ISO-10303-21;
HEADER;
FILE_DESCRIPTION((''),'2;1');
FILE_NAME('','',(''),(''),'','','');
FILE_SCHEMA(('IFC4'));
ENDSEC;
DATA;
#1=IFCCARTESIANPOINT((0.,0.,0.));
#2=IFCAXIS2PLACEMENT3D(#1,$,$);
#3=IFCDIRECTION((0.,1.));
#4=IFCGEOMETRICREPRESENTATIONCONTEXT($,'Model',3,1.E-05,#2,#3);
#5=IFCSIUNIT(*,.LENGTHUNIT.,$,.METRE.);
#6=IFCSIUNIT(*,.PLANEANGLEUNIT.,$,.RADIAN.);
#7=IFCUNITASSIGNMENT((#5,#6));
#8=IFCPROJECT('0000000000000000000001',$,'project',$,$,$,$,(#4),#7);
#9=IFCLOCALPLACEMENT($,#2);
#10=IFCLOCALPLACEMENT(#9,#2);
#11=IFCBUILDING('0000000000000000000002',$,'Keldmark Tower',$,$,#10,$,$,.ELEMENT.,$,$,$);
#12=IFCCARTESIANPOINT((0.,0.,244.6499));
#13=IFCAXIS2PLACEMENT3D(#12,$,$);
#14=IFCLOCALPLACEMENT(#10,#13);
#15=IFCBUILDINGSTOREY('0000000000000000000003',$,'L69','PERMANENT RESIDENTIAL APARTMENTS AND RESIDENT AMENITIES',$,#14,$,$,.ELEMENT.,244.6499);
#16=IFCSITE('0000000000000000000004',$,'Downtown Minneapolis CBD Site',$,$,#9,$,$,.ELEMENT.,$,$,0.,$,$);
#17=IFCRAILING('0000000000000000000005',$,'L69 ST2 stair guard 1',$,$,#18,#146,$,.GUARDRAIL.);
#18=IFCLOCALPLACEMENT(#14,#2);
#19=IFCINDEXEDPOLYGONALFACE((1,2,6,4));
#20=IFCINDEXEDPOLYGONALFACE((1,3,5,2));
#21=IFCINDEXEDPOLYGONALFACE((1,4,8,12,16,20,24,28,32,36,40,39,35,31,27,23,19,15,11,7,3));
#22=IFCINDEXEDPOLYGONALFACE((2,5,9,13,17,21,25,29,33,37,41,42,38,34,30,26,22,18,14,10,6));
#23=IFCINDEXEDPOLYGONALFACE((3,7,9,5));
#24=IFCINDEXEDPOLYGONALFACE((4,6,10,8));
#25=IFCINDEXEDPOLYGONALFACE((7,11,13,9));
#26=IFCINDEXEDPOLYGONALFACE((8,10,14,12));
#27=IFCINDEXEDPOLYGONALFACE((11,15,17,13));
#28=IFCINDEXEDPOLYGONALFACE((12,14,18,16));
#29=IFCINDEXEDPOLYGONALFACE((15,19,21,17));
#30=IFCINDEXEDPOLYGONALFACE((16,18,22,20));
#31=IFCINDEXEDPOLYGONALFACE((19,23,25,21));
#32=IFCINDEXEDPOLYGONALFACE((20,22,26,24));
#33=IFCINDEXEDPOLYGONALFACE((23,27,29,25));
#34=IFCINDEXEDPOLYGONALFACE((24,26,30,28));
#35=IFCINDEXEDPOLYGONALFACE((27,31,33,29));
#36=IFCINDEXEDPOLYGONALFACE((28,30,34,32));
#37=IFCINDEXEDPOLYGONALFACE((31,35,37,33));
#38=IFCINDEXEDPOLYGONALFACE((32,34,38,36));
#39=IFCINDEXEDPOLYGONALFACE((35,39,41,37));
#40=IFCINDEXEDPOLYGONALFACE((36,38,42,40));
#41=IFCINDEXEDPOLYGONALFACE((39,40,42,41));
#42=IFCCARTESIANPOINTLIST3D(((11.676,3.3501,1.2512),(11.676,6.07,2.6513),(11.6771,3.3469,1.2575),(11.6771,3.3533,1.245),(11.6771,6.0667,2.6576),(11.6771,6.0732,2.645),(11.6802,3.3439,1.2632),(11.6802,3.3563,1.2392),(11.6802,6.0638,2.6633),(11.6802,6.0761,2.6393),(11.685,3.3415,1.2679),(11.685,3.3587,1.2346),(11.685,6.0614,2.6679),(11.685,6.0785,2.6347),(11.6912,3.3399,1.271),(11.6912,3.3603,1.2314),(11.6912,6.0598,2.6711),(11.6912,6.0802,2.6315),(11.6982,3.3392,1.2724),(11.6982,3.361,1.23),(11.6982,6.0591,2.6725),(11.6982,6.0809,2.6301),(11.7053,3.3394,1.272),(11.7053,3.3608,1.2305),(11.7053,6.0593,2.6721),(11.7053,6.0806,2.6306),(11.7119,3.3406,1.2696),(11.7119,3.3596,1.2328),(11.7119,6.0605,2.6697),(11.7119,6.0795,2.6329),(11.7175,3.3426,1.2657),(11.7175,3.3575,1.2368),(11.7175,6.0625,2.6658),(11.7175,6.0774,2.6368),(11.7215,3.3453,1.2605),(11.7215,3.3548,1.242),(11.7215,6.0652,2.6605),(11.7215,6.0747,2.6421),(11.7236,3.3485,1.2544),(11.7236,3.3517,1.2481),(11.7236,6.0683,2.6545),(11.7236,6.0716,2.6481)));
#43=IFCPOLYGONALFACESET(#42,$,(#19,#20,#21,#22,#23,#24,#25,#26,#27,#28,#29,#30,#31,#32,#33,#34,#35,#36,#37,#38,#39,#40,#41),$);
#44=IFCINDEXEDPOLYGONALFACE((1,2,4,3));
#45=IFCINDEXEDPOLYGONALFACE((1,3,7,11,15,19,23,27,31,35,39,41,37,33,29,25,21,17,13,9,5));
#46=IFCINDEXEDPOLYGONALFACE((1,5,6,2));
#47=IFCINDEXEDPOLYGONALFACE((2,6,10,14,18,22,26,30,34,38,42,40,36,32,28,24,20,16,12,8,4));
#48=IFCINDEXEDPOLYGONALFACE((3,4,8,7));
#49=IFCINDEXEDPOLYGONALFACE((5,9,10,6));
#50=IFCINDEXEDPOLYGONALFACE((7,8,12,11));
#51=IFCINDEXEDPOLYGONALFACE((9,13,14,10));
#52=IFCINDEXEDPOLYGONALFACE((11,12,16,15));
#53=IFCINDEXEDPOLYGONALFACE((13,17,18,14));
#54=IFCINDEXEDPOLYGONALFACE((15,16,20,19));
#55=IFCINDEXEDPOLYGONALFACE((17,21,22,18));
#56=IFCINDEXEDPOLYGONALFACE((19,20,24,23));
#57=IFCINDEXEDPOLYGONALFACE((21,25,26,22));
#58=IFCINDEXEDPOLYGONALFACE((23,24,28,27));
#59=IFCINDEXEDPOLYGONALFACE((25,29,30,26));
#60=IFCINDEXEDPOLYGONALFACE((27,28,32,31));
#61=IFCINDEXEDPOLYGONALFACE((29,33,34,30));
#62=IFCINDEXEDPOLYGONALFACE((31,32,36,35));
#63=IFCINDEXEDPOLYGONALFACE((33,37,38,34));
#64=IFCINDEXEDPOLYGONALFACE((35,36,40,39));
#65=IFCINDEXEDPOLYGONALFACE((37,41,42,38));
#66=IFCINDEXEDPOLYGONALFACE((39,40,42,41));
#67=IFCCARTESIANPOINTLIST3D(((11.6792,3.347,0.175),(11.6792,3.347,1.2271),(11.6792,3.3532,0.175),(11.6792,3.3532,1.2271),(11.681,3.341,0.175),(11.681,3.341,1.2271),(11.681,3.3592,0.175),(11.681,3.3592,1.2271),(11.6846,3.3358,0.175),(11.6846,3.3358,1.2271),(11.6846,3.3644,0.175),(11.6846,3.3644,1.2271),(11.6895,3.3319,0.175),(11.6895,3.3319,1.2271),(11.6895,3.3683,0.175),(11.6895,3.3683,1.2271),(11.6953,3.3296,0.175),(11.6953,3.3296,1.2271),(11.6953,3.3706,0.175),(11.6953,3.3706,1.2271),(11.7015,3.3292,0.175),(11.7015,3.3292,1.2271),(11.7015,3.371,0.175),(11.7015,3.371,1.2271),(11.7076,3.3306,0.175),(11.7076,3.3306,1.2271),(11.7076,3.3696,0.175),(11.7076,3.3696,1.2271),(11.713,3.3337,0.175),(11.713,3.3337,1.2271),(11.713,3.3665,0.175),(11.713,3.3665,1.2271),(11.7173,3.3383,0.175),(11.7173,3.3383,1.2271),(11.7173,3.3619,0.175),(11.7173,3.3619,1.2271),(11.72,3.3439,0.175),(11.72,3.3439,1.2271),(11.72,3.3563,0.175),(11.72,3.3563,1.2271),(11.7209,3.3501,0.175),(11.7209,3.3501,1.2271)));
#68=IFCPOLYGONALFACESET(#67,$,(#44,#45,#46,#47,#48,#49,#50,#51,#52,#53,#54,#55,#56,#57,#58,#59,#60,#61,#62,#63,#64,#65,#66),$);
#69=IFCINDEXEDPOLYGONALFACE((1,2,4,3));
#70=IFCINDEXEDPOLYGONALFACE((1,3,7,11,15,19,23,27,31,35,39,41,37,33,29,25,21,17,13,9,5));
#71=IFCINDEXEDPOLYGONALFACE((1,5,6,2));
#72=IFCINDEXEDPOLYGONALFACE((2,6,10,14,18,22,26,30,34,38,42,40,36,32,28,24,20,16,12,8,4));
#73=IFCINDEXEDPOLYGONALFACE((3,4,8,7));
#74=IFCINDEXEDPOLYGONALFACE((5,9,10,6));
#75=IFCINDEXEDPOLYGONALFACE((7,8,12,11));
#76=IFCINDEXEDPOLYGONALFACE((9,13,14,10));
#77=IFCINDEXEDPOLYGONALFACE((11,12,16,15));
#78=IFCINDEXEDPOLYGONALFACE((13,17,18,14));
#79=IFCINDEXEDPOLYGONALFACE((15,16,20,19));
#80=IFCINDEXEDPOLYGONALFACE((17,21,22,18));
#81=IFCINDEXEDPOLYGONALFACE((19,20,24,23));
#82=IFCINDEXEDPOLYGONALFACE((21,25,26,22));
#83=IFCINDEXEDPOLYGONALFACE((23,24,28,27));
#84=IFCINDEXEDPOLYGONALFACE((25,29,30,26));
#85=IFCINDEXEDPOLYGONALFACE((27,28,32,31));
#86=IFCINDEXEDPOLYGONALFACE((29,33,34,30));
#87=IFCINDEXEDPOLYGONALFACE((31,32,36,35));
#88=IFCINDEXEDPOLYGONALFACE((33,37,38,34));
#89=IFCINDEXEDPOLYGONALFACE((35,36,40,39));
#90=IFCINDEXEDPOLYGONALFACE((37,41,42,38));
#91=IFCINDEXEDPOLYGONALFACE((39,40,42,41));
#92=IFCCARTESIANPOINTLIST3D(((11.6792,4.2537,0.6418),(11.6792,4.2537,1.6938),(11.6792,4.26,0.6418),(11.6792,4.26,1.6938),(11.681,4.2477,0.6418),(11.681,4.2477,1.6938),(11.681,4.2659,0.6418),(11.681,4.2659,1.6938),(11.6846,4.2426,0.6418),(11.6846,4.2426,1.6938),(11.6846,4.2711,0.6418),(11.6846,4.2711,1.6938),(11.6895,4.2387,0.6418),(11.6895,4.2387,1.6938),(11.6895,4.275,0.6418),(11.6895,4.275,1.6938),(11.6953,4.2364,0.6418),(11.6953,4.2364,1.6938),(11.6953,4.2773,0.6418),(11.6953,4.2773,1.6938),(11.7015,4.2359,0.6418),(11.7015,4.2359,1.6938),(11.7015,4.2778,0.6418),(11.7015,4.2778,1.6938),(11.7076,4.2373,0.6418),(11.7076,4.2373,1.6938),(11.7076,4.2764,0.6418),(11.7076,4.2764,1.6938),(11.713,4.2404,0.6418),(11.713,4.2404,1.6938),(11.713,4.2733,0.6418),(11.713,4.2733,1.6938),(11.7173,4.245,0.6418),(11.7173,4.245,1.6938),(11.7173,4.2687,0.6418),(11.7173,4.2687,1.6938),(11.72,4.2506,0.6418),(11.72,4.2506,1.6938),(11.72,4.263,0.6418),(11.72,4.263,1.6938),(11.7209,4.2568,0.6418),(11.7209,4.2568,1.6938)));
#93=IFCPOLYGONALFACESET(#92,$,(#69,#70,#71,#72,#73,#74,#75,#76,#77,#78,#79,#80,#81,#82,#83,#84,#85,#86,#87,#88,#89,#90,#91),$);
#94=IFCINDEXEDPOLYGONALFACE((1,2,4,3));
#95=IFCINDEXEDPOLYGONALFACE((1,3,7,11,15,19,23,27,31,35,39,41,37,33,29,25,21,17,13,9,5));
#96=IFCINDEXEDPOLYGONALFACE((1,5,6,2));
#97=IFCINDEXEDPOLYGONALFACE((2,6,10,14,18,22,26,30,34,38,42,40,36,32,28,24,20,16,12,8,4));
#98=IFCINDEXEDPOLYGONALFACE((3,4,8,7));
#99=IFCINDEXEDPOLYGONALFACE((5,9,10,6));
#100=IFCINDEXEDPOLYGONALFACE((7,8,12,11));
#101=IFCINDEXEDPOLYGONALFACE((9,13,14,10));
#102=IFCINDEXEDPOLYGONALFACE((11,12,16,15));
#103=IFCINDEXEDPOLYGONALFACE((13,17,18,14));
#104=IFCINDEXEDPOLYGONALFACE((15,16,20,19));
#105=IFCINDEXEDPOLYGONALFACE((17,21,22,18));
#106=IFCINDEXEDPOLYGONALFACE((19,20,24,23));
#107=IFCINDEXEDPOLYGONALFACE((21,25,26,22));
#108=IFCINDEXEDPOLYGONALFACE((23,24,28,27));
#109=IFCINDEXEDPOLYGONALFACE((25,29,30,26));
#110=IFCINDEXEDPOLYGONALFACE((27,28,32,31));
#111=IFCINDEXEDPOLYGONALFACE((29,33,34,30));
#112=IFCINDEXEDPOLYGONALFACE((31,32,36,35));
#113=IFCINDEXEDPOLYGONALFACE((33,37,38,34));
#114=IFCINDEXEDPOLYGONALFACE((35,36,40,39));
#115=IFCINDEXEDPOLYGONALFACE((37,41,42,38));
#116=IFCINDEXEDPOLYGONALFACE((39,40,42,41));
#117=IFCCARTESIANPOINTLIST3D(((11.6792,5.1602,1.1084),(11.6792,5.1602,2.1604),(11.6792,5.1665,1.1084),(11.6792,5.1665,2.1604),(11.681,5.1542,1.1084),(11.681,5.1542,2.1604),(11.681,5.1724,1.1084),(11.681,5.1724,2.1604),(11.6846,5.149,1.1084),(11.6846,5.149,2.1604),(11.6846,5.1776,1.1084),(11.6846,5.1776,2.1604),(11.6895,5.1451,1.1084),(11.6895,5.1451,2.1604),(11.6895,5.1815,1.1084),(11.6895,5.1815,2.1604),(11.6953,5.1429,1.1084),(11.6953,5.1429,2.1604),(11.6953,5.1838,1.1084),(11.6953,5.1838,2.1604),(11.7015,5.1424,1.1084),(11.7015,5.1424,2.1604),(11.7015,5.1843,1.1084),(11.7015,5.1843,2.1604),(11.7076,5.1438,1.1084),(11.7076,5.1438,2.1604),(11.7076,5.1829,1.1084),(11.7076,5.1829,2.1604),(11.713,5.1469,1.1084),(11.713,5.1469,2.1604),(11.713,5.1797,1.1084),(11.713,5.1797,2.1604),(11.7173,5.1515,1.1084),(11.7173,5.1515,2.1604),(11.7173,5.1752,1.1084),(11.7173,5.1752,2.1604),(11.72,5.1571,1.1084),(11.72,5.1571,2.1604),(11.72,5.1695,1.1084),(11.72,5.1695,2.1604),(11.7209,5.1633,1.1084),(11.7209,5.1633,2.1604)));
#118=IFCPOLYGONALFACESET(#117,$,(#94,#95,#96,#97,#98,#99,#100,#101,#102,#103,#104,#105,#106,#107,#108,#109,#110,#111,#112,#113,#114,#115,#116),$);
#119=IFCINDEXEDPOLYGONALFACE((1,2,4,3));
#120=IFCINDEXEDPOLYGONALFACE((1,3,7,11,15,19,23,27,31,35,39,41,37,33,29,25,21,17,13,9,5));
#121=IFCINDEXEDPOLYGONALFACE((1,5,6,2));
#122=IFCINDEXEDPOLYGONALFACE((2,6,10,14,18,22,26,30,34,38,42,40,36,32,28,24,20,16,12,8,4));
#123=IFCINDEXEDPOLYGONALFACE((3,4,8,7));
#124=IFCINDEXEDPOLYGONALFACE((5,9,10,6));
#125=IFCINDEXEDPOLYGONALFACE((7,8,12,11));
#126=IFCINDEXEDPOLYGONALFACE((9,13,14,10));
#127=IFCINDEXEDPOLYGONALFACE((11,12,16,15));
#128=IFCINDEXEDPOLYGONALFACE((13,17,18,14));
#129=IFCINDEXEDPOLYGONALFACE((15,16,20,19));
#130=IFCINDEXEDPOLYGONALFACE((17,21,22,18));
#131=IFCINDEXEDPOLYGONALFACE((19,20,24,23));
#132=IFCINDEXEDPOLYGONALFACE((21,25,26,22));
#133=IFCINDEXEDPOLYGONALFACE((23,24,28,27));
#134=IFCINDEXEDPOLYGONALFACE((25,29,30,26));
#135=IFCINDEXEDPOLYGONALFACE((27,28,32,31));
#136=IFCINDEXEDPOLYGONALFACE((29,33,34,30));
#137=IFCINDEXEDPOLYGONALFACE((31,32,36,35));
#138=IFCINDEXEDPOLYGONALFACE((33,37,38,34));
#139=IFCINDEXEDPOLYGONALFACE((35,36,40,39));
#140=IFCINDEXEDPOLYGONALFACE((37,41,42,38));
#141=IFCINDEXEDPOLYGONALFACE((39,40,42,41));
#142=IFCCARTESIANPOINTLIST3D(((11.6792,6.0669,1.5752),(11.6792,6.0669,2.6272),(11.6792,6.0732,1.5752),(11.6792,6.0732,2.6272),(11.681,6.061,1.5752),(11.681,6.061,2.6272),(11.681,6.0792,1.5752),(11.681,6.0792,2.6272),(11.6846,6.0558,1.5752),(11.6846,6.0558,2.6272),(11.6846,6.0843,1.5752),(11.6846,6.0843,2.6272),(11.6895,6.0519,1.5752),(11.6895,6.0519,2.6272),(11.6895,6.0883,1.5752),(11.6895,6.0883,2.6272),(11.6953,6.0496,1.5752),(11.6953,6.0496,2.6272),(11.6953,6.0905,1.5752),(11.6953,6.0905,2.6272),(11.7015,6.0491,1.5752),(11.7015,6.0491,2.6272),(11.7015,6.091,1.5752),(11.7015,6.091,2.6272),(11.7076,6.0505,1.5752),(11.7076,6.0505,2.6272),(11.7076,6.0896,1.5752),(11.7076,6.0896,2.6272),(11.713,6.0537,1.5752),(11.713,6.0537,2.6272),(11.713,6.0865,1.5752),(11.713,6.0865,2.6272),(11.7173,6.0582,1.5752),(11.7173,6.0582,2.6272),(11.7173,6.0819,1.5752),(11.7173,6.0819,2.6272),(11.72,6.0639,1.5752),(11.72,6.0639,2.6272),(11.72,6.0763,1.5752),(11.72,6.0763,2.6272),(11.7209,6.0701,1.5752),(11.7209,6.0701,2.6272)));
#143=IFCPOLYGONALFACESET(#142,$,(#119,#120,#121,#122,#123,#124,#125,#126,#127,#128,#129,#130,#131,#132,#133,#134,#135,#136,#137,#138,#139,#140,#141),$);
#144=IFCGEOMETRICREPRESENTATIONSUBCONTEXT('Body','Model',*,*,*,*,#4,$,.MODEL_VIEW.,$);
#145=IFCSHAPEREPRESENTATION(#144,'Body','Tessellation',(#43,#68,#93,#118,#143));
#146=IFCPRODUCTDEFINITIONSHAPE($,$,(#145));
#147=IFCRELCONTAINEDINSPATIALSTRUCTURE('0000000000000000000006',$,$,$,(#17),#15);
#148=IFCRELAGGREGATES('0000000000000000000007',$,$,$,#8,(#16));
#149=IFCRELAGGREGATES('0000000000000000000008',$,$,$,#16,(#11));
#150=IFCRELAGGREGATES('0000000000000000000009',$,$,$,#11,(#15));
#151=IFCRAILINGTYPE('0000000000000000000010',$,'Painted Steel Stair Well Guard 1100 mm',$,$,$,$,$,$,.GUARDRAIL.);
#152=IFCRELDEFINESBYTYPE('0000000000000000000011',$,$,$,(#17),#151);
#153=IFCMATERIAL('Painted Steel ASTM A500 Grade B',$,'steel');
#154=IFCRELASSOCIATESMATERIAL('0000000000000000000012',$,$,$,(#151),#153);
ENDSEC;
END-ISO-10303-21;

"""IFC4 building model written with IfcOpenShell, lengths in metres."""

from ifc_helpers import new_model, si_unit, direction, frame, origin, origin_2d, place, context, subcontext, project, spatial, circle, extrude, material, type_object, element, save


model = new_model("IFC4")

# Units and contexts
model_context = context("Model", 3, precision=1e-05, world=origin(), true_north=direction((0.0, 1.0)))
body_context = subcontext(model_context, "Body", "Model", "MODEL_VIEW")
ifc_project = project(units=[si_unit("LENGTHUNIT", "METRE"), si_unit("PLANEANGLEUNIT", "RADIAN")], contexts=[model_context])

# Site, building, storey
site_placement = place(None, origin())
site = spatial("IfcSite", under=ifc_project, at=site_placement, Name="Downtown Minneapolis CBD Site", CompositionType="ELEMENT", RefElevation=0.0)
building_placement = place(site_placement, origin())
building = spatial("IfcBuilding", under=site, at=building_placement, Name="Keldmark Tower", CompositionType="ELEMENT")
storey_placement = place(building_placement, frame((0.0, 0.0, 244.6499)))
storey = spatial("IfcBuildingStorey", under=building, at=storey_placement, Name="L69", Description="PERMANENT RESIDENTIAL APARTMENTS AND RESIDENT AMENITIES", CompositionType="ELEMENT", Elevation=244.6499)

# Railing
ifc_material_1 = material(Name="Painted Steel ASTM A500 Grade B", Category="steel")
railing_type_1 = type_object("IfcRailingType", Name="Painted Steel Stair Well Guard 1100 mm", PredefinedType="GUARDRAIL", material=ifc_material_1)
railing_1_placement = place(storey_placement, frame((11.7, 3.3501, 0.175)))
element("IfcRailing", 1, at=railing_1_placement, inside=storey, type_object=railing_type_1, Name="L69 ST2 stair guard 1", PredefinedType="GUARDRAIL", context=body_context, shape_type="SweptSolid", body=[
    extrude(circle(Radius=0.0239, at=origin_2d()), frame((0.0, 0.0, 1.0762), z_axis=(0.0, 0.889114, 0.457685), x_axis=(-1.0, 0.0, 0.0)), (0.0, 0.0, 1.0), 3.0591),
    extrude(circle(Radius=0.021, at=origin_2d()), origin(), (0.0, 0.0, 1.0), 1.052),
    extrude(circle(Radius=0.021, at=origin_2d()), frame((0.0, 0.9067, 0.4668)), (0.0, 0.0, 1.0), 1.052),
    extrude(circle(Radius=0.021, at=origin_2d()), frame((0.0, 1.8132, 0.9333)), (0.0, 0.0, 1.0), 1.052),
    extrude(circle(Radius=0.021, at=origin_2d()), frame((0.0, 2.72, 1.4001)), (0.0, 0.0, 1.0), 1.052),
])

save(model, "model.ifc")
